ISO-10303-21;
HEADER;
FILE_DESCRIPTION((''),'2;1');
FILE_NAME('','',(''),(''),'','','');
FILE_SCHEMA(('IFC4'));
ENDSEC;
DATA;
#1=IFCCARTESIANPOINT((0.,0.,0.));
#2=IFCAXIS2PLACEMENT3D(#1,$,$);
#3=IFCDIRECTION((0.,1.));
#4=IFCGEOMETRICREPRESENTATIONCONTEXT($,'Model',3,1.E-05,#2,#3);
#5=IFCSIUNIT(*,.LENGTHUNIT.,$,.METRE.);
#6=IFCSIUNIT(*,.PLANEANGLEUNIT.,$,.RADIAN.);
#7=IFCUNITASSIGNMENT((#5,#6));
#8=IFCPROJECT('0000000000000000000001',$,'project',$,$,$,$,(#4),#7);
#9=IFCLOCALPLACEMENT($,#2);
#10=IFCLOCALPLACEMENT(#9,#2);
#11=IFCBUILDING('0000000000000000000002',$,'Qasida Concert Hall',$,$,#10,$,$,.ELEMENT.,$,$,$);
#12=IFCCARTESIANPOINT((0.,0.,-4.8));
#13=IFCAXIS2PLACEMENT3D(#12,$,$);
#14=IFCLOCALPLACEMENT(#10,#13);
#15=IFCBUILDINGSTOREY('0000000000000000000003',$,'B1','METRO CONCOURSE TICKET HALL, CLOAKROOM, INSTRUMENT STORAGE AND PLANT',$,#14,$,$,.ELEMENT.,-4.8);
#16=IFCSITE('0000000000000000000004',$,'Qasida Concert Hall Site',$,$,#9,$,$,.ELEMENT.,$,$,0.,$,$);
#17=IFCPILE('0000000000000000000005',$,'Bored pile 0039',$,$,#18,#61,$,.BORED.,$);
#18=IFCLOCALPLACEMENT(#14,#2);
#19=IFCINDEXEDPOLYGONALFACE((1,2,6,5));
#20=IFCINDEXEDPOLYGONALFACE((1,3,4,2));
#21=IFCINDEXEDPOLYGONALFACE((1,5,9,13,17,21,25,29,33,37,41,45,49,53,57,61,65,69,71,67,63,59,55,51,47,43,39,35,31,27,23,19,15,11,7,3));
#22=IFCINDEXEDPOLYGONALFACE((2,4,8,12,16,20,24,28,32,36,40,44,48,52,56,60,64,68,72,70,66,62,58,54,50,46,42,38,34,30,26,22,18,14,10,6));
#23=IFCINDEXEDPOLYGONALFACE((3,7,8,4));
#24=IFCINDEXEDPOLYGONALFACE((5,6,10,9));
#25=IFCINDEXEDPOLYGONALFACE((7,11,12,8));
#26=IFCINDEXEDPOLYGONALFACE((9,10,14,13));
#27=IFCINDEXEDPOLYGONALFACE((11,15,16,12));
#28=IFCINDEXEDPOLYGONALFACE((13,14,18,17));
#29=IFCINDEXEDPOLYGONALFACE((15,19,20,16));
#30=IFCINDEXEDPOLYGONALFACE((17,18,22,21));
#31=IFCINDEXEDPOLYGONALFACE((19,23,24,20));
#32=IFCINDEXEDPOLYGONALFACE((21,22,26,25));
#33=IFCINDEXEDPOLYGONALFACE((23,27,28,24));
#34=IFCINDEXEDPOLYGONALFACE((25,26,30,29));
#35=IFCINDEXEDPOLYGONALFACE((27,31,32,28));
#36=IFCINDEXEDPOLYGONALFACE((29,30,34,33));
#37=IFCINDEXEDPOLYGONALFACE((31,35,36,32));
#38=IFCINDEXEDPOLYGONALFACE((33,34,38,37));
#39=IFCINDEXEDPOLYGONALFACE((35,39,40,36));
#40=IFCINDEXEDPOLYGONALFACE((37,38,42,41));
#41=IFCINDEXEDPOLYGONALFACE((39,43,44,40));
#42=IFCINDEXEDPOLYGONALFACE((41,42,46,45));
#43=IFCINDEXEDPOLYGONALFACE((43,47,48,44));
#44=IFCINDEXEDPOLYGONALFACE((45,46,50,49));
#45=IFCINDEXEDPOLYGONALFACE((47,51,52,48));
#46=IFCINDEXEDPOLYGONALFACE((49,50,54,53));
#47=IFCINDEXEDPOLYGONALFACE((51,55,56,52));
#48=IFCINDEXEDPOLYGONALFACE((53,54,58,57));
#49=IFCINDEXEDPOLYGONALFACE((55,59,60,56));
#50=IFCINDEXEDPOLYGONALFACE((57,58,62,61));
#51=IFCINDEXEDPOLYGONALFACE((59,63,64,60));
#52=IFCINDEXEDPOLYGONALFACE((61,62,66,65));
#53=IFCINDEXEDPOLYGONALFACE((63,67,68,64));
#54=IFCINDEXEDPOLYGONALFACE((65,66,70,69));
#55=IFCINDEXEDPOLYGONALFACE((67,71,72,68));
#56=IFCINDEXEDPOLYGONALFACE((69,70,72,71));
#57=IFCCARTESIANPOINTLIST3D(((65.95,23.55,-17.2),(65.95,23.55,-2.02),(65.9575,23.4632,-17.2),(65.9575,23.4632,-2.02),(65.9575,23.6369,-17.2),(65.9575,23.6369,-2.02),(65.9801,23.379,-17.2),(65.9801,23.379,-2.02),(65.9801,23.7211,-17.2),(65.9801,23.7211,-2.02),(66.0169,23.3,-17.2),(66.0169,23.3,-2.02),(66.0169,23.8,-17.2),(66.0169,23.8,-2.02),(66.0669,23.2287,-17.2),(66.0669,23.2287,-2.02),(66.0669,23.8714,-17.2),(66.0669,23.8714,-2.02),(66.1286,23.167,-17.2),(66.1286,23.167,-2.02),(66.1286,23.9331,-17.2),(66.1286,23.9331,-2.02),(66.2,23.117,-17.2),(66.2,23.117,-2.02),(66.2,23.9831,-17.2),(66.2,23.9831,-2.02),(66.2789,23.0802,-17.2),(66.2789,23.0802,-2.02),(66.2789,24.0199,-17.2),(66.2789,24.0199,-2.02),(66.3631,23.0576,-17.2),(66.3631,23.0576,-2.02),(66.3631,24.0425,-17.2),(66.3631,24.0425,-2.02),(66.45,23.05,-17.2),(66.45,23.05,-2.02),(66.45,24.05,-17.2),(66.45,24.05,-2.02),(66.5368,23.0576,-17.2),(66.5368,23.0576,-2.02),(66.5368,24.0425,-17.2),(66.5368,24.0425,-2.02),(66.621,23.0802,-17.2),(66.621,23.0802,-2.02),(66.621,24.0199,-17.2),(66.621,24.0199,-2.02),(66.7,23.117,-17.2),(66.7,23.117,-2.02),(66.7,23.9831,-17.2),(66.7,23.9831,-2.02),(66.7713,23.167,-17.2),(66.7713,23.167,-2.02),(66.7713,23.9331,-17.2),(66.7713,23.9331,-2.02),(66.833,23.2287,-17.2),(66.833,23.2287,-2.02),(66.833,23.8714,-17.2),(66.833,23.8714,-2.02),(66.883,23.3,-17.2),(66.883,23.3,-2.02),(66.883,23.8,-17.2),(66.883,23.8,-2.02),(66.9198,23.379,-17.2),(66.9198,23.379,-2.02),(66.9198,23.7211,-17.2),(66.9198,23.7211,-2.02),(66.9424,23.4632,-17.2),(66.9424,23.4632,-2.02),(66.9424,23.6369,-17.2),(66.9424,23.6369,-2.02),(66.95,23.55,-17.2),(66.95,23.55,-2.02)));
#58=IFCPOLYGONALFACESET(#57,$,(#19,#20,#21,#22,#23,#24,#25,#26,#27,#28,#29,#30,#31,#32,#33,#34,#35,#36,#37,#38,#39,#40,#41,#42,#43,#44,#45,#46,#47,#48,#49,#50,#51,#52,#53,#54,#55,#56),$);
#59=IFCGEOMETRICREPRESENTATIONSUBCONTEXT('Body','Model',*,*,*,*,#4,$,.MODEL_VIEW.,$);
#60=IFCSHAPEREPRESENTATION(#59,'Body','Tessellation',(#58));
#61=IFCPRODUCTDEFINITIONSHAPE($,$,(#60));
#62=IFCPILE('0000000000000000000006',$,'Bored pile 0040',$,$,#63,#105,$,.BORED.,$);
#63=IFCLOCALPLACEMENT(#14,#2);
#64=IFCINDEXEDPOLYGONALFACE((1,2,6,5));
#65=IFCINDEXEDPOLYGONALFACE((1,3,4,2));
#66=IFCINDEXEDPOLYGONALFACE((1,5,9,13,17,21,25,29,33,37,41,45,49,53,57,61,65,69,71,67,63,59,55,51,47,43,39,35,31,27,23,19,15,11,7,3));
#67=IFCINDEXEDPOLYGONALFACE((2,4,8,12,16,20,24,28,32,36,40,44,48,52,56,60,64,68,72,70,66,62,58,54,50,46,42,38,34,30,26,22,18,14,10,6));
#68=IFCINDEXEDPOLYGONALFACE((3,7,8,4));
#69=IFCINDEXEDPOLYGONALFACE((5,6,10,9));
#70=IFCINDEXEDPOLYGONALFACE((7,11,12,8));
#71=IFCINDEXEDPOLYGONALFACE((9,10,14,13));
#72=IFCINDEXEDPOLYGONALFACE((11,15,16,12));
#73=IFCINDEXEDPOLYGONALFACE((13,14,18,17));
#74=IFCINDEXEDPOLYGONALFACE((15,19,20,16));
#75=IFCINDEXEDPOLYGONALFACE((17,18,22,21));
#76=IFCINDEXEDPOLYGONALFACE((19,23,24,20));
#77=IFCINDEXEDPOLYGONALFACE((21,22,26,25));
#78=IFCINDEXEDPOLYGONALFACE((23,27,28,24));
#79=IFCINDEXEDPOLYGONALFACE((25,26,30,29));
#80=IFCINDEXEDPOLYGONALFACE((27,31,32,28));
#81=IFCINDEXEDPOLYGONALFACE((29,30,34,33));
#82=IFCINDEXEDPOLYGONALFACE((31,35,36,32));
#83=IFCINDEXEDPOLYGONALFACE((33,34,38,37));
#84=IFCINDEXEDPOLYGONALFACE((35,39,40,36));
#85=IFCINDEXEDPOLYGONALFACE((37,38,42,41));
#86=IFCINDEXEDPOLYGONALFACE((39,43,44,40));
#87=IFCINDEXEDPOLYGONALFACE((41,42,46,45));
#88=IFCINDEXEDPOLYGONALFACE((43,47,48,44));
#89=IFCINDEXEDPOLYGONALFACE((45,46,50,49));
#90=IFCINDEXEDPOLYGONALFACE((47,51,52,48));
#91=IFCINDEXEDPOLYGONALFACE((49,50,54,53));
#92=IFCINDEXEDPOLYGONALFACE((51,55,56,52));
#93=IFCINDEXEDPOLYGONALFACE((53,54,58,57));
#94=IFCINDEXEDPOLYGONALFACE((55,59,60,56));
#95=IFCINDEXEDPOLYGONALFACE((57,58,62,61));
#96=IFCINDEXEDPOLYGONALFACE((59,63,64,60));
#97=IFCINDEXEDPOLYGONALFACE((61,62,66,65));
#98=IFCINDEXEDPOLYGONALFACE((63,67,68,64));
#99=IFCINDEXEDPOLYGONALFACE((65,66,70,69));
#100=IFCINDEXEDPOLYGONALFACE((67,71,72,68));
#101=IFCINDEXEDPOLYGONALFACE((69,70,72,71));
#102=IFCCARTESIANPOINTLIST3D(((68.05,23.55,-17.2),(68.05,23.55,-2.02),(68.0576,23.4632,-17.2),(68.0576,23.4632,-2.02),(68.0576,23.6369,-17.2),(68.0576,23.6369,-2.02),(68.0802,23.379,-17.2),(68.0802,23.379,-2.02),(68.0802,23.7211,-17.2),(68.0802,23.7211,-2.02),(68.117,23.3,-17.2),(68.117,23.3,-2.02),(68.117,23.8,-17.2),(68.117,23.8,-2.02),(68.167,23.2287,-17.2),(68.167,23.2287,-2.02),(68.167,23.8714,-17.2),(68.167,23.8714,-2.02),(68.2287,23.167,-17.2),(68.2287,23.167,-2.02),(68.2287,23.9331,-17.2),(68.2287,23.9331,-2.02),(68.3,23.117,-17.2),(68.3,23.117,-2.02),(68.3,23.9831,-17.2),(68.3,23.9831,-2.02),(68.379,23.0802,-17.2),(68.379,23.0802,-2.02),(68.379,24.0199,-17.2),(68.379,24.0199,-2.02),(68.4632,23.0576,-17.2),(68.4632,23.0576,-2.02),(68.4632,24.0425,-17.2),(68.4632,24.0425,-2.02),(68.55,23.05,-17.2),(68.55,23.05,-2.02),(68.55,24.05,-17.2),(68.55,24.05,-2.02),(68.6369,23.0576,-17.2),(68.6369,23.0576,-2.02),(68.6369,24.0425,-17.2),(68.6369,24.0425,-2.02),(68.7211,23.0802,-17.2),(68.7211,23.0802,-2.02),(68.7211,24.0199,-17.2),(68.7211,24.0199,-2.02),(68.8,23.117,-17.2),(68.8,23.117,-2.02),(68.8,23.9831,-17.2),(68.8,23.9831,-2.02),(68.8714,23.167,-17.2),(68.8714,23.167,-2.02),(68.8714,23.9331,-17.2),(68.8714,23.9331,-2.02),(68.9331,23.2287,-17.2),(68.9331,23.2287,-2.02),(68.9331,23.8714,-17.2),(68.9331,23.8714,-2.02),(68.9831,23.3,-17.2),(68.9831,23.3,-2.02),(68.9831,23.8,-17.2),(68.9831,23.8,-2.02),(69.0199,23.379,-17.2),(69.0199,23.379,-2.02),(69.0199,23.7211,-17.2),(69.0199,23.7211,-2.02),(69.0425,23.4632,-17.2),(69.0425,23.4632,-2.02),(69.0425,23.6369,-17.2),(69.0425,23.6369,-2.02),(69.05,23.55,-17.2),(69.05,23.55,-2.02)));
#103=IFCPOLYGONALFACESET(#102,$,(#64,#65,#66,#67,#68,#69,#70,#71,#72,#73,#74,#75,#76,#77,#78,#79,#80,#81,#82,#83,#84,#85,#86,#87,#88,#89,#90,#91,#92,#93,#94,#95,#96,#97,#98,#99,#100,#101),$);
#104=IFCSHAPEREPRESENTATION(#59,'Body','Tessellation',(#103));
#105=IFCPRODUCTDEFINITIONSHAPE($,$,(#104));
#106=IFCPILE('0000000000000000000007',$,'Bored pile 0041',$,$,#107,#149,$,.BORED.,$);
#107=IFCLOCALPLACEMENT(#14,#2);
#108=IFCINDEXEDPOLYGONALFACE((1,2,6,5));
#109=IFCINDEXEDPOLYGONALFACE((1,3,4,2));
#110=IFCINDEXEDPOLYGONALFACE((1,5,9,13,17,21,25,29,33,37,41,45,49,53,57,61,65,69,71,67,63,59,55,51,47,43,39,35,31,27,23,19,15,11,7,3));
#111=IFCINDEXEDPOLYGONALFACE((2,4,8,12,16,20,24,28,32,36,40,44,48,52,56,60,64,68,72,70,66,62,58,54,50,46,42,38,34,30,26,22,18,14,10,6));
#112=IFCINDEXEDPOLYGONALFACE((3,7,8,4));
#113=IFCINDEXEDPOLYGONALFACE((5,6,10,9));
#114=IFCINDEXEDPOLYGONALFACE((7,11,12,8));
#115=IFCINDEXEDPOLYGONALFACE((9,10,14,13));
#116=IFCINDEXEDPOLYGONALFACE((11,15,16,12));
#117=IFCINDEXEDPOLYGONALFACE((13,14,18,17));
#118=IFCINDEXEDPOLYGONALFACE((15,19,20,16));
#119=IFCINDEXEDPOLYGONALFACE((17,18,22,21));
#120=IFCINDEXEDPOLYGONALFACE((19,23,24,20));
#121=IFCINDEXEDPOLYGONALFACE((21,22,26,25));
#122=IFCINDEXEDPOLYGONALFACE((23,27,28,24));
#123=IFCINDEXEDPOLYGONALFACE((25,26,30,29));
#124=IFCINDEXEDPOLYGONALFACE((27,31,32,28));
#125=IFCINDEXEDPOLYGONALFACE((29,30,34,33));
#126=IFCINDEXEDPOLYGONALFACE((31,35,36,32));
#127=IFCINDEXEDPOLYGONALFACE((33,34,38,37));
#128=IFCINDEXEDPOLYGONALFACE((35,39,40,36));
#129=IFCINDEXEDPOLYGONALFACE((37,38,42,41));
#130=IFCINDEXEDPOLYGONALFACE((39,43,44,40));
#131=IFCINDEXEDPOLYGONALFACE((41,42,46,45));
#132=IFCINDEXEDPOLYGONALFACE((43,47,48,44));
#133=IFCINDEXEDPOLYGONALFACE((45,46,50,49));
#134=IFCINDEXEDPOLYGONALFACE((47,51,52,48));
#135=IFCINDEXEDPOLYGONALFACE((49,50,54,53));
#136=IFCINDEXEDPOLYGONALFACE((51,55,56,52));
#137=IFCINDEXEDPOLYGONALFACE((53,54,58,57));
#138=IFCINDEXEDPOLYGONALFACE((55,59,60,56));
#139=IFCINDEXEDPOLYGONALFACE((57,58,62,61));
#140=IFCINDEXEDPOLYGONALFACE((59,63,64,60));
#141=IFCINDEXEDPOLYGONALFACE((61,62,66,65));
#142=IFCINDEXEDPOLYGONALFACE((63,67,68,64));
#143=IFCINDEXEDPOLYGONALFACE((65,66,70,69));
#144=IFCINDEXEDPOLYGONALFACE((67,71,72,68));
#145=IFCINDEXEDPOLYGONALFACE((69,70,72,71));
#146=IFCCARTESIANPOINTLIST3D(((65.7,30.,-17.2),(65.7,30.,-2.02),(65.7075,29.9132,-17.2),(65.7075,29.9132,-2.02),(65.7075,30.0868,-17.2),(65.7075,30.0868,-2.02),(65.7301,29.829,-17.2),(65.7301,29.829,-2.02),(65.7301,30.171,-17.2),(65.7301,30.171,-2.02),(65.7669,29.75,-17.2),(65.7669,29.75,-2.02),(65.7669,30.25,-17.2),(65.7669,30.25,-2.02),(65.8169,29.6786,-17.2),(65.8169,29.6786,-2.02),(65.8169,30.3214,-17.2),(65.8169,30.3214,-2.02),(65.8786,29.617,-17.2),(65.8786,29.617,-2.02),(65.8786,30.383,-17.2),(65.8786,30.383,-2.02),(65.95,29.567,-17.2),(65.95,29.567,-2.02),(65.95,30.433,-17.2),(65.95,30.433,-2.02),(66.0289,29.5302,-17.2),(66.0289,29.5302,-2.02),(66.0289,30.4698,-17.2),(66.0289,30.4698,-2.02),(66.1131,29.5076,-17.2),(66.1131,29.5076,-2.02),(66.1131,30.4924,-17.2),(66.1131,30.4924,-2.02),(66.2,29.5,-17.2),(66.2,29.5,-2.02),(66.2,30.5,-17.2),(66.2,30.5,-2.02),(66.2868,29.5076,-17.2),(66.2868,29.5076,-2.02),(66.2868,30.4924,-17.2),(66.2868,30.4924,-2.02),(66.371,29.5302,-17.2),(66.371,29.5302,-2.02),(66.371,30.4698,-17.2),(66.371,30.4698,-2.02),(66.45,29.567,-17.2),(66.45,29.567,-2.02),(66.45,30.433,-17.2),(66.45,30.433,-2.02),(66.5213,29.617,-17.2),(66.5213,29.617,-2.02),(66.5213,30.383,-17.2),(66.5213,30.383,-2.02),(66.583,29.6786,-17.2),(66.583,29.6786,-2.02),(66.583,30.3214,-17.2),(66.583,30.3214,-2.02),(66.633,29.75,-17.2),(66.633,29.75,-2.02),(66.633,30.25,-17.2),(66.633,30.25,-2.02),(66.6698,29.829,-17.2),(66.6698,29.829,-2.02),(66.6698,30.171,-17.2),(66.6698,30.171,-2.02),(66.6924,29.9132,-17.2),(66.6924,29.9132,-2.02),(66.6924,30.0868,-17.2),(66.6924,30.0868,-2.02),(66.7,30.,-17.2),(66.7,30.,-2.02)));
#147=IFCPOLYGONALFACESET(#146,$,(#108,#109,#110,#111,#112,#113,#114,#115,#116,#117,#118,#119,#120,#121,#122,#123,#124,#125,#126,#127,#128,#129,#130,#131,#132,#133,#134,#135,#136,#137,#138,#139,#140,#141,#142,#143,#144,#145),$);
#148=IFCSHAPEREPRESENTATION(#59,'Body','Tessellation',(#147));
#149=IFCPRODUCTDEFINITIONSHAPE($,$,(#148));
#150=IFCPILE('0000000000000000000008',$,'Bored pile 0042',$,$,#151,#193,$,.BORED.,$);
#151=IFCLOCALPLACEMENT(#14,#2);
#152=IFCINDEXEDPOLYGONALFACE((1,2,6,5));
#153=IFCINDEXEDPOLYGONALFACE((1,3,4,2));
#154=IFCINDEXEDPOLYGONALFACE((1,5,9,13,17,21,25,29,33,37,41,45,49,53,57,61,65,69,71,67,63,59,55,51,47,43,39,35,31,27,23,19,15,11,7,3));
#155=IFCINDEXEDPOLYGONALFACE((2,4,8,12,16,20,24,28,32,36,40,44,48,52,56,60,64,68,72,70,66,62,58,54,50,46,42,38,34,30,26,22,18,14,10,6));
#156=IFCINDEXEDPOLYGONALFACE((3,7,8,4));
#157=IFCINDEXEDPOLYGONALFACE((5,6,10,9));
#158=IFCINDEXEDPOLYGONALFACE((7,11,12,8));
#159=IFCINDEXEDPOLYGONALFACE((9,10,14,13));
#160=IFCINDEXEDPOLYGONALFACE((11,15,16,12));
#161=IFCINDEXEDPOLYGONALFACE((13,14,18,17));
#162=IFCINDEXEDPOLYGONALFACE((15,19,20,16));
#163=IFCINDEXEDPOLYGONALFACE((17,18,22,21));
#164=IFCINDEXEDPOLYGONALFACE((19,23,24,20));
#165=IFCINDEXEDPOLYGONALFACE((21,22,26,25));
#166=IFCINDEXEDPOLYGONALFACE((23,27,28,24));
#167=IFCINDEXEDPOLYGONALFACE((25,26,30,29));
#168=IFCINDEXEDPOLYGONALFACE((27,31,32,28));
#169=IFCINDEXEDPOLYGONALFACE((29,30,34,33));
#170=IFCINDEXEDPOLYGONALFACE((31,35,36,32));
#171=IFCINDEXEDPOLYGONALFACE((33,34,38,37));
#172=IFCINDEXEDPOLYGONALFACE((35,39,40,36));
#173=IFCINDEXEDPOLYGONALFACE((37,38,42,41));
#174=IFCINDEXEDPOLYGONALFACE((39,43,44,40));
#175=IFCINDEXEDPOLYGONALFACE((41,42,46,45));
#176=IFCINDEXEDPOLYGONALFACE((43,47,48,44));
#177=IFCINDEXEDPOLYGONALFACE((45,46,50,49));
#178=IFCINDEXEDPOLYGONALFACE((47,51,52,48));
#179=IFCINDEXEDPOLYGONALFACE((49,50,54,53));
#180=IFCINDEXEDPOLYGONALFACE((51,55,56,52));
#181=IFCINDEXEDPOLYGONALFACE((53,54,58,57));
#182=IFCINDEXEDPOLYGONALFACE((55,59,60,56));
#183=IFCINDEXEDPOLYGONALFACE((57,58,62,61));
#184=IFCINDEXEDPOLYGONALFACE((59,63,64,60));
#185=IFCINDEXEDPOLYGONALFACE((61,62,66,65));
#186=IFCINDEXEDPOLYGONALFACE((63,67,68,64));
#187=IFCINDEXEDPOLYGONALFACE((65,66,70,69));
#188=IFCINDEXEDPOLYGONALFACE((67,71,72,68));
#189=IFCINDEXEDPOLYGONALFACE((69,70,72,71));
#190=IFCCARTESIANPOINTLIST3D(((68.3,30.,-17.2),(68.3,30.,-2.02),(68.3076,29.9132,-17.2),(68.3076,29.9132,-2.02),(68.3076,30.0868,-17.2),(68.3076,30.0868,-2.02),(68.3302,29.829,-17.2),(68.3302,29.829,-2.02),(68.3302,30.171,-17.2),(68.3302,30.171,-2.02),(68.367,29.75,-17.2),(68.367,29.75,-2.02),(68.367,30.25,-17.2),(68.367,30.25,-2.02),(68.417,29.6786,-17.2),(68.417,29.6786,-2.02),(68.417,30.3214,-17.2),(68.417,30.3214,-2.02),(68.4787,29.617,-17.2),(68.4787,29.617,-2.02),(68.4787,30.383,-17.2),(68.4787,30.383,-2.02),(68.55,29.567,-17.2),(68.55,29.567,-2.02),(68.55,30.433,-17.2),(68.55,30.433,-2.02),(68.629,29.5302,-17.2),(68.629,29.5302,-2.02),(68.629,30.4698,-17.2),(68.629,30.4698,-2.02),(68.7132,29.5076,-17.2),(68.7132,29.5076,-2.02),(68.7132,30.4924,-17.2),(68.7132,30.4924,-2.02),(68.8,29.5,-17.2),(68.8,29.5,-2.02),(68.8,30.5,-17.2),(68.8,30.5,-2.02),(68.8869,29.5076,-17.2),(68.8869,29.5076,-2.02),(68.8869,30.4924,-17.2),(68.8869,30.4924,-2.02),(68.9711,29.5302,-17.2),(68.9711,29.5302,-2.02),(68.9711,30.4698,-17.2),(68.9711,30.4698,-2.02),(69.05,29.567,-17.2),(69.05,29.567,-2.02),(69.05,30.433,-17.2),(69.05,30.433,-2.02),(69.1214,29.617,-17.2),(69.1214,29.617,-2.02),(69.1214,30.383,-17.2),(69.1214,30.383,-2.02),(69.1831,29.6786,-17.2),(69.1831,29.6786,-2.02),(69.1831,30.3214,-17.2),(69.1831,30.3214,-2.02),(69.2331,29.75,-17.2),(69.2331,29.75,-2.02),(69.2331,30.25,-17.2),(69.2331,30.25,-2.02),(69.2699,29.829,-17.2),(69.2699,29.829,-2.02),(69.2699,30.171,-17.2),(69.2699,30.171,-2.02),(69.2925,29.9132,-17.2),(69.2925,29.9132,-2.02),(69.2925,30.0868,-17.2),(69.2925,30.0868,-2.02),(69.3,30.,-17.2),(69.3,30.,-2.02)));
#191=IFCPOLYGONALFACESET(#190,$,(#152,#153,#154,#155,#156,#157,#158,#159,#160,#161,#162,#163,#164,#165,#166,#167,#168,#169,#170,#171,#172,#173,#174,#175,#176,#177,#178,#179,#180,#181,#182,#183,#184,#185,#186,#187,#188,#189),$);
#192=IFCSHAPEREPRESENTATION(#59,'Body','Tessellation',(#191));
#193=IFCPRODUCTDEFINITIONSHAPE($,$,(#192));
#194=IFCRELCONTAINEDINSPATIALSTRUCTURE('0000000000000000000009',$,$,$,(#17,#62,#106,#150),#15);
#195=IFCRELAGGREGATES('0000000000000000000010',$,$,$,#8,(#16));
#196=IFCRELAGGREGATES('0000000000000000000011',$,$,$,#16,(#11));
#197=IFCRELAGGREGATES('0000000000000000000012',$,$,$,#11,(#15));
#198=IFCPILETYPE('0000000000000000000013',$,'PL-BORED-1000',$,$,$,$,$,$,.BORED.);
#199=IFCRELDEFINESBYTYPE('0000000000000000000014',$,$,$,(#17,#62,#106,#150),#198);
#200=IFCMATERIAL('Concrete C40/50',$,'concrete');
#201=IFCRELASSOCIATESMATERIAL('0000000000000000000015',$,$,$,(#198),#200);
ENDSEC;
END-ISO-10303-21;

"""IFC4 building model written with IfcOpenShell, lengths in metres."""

from ifc_helpers import new_model, si_unit, direction, frame, origin, origin_2d, place, context, subcontext, project, spatial, circle, extrude, material, material_profile, profile_set, type_object, element, save


model = new_model("IFC4")

# Units and contexts
model_context = context("Model", 3, precision=1e-05, world=origin(), true_north=direction((0.0, 1.0)))
body_context = subcontext(model_context, "Body", "Model", "MODEL_VIEW")
ifc_project = project(units=[si_unit("LENGTHUNIT", "METRE"), si_unit("PLANEANGLEUNIT", "RADIAN")], contexts=[model_context])

# Site, building, storey
site_placement = place(None, origin())
site = spatial("IfcSite", under=ifc_project, at=site_placement, Name="Qasida Concert Hall Site", CompositionType="ELEMENT", RefElevation=0.0)
building_placement = place(site_placement, origin())
building = spatial("IfcBuilding", under=site, at=building_placement, Name="Qasida Concert Hall", CompositionType="ELEMENT")
storey_placement = place(building_placement, frame((0.0, 0.0, -4.8)))
storey = spatial("IfcBuildingStorey", under=building, at=storey_placement, Name="B1", Description="METRO CONCOURSE TICKET HALL, CLOAKROOM, INSTRUMENT STORAGE AND PLANT", CompositionType="ELEMENT", Elevation=-4.8)

# Shared definitions
ifc_material_1 = material(Name="Concrete C40/50", Category="concrete")

# Piles
ifc_material_profile_1 = material_profile(ifc_material_1, circle(Radius=0.5, at=origin_2d()), Name="BORED PILE D1000")
ifc_profile_set_1 = profile_set([ifc_material_profile_1], Name="Concrete C40/50")
pile_type = type_object("IfcPileType", Name="PL-BORED-1000", PredefinedType="BORED", material=ifc_profile_set_1)
for number, where, z_axis, x_axis, name in (
    (1, (66.45, 23.55, -2.02), (0.0, 0.0, -1.0), (1.0, 0.0, 0.0), "Bored pile 0039"),
    (2, (68.55, 23.55, -2.02), (0.0, 0.0, -1.0), (1.0, 0.0, 0.0), "Bored pile 0040"),
    (3, (66.2, 30.0, -2.02), (0.0, 0.0, -1.0), (1.0, 0.0, 0.0), "Bored pile 0041"),
    (4, (68.8, 30.0, -2.02), (0.0, 0.0, -1.0), (1.0, 0.0, 0.0), "Bored pile 0042"),
):
    element("IfcPile", number, at=place(storey_placement, frame(where, z_axis=z_axis, x_axis=x_axis)), inside=storey, type_object=pile_type, Name=name, PredefinedType="BORED", context=body_context, shape_type="SweptSolid", body=[
        extrude(circle(Radius=0.5, at=origin_2d()), origin(), (0.0, 0.0, 1.0), 15.1799),
    ])

save(model, "model.ifc")
